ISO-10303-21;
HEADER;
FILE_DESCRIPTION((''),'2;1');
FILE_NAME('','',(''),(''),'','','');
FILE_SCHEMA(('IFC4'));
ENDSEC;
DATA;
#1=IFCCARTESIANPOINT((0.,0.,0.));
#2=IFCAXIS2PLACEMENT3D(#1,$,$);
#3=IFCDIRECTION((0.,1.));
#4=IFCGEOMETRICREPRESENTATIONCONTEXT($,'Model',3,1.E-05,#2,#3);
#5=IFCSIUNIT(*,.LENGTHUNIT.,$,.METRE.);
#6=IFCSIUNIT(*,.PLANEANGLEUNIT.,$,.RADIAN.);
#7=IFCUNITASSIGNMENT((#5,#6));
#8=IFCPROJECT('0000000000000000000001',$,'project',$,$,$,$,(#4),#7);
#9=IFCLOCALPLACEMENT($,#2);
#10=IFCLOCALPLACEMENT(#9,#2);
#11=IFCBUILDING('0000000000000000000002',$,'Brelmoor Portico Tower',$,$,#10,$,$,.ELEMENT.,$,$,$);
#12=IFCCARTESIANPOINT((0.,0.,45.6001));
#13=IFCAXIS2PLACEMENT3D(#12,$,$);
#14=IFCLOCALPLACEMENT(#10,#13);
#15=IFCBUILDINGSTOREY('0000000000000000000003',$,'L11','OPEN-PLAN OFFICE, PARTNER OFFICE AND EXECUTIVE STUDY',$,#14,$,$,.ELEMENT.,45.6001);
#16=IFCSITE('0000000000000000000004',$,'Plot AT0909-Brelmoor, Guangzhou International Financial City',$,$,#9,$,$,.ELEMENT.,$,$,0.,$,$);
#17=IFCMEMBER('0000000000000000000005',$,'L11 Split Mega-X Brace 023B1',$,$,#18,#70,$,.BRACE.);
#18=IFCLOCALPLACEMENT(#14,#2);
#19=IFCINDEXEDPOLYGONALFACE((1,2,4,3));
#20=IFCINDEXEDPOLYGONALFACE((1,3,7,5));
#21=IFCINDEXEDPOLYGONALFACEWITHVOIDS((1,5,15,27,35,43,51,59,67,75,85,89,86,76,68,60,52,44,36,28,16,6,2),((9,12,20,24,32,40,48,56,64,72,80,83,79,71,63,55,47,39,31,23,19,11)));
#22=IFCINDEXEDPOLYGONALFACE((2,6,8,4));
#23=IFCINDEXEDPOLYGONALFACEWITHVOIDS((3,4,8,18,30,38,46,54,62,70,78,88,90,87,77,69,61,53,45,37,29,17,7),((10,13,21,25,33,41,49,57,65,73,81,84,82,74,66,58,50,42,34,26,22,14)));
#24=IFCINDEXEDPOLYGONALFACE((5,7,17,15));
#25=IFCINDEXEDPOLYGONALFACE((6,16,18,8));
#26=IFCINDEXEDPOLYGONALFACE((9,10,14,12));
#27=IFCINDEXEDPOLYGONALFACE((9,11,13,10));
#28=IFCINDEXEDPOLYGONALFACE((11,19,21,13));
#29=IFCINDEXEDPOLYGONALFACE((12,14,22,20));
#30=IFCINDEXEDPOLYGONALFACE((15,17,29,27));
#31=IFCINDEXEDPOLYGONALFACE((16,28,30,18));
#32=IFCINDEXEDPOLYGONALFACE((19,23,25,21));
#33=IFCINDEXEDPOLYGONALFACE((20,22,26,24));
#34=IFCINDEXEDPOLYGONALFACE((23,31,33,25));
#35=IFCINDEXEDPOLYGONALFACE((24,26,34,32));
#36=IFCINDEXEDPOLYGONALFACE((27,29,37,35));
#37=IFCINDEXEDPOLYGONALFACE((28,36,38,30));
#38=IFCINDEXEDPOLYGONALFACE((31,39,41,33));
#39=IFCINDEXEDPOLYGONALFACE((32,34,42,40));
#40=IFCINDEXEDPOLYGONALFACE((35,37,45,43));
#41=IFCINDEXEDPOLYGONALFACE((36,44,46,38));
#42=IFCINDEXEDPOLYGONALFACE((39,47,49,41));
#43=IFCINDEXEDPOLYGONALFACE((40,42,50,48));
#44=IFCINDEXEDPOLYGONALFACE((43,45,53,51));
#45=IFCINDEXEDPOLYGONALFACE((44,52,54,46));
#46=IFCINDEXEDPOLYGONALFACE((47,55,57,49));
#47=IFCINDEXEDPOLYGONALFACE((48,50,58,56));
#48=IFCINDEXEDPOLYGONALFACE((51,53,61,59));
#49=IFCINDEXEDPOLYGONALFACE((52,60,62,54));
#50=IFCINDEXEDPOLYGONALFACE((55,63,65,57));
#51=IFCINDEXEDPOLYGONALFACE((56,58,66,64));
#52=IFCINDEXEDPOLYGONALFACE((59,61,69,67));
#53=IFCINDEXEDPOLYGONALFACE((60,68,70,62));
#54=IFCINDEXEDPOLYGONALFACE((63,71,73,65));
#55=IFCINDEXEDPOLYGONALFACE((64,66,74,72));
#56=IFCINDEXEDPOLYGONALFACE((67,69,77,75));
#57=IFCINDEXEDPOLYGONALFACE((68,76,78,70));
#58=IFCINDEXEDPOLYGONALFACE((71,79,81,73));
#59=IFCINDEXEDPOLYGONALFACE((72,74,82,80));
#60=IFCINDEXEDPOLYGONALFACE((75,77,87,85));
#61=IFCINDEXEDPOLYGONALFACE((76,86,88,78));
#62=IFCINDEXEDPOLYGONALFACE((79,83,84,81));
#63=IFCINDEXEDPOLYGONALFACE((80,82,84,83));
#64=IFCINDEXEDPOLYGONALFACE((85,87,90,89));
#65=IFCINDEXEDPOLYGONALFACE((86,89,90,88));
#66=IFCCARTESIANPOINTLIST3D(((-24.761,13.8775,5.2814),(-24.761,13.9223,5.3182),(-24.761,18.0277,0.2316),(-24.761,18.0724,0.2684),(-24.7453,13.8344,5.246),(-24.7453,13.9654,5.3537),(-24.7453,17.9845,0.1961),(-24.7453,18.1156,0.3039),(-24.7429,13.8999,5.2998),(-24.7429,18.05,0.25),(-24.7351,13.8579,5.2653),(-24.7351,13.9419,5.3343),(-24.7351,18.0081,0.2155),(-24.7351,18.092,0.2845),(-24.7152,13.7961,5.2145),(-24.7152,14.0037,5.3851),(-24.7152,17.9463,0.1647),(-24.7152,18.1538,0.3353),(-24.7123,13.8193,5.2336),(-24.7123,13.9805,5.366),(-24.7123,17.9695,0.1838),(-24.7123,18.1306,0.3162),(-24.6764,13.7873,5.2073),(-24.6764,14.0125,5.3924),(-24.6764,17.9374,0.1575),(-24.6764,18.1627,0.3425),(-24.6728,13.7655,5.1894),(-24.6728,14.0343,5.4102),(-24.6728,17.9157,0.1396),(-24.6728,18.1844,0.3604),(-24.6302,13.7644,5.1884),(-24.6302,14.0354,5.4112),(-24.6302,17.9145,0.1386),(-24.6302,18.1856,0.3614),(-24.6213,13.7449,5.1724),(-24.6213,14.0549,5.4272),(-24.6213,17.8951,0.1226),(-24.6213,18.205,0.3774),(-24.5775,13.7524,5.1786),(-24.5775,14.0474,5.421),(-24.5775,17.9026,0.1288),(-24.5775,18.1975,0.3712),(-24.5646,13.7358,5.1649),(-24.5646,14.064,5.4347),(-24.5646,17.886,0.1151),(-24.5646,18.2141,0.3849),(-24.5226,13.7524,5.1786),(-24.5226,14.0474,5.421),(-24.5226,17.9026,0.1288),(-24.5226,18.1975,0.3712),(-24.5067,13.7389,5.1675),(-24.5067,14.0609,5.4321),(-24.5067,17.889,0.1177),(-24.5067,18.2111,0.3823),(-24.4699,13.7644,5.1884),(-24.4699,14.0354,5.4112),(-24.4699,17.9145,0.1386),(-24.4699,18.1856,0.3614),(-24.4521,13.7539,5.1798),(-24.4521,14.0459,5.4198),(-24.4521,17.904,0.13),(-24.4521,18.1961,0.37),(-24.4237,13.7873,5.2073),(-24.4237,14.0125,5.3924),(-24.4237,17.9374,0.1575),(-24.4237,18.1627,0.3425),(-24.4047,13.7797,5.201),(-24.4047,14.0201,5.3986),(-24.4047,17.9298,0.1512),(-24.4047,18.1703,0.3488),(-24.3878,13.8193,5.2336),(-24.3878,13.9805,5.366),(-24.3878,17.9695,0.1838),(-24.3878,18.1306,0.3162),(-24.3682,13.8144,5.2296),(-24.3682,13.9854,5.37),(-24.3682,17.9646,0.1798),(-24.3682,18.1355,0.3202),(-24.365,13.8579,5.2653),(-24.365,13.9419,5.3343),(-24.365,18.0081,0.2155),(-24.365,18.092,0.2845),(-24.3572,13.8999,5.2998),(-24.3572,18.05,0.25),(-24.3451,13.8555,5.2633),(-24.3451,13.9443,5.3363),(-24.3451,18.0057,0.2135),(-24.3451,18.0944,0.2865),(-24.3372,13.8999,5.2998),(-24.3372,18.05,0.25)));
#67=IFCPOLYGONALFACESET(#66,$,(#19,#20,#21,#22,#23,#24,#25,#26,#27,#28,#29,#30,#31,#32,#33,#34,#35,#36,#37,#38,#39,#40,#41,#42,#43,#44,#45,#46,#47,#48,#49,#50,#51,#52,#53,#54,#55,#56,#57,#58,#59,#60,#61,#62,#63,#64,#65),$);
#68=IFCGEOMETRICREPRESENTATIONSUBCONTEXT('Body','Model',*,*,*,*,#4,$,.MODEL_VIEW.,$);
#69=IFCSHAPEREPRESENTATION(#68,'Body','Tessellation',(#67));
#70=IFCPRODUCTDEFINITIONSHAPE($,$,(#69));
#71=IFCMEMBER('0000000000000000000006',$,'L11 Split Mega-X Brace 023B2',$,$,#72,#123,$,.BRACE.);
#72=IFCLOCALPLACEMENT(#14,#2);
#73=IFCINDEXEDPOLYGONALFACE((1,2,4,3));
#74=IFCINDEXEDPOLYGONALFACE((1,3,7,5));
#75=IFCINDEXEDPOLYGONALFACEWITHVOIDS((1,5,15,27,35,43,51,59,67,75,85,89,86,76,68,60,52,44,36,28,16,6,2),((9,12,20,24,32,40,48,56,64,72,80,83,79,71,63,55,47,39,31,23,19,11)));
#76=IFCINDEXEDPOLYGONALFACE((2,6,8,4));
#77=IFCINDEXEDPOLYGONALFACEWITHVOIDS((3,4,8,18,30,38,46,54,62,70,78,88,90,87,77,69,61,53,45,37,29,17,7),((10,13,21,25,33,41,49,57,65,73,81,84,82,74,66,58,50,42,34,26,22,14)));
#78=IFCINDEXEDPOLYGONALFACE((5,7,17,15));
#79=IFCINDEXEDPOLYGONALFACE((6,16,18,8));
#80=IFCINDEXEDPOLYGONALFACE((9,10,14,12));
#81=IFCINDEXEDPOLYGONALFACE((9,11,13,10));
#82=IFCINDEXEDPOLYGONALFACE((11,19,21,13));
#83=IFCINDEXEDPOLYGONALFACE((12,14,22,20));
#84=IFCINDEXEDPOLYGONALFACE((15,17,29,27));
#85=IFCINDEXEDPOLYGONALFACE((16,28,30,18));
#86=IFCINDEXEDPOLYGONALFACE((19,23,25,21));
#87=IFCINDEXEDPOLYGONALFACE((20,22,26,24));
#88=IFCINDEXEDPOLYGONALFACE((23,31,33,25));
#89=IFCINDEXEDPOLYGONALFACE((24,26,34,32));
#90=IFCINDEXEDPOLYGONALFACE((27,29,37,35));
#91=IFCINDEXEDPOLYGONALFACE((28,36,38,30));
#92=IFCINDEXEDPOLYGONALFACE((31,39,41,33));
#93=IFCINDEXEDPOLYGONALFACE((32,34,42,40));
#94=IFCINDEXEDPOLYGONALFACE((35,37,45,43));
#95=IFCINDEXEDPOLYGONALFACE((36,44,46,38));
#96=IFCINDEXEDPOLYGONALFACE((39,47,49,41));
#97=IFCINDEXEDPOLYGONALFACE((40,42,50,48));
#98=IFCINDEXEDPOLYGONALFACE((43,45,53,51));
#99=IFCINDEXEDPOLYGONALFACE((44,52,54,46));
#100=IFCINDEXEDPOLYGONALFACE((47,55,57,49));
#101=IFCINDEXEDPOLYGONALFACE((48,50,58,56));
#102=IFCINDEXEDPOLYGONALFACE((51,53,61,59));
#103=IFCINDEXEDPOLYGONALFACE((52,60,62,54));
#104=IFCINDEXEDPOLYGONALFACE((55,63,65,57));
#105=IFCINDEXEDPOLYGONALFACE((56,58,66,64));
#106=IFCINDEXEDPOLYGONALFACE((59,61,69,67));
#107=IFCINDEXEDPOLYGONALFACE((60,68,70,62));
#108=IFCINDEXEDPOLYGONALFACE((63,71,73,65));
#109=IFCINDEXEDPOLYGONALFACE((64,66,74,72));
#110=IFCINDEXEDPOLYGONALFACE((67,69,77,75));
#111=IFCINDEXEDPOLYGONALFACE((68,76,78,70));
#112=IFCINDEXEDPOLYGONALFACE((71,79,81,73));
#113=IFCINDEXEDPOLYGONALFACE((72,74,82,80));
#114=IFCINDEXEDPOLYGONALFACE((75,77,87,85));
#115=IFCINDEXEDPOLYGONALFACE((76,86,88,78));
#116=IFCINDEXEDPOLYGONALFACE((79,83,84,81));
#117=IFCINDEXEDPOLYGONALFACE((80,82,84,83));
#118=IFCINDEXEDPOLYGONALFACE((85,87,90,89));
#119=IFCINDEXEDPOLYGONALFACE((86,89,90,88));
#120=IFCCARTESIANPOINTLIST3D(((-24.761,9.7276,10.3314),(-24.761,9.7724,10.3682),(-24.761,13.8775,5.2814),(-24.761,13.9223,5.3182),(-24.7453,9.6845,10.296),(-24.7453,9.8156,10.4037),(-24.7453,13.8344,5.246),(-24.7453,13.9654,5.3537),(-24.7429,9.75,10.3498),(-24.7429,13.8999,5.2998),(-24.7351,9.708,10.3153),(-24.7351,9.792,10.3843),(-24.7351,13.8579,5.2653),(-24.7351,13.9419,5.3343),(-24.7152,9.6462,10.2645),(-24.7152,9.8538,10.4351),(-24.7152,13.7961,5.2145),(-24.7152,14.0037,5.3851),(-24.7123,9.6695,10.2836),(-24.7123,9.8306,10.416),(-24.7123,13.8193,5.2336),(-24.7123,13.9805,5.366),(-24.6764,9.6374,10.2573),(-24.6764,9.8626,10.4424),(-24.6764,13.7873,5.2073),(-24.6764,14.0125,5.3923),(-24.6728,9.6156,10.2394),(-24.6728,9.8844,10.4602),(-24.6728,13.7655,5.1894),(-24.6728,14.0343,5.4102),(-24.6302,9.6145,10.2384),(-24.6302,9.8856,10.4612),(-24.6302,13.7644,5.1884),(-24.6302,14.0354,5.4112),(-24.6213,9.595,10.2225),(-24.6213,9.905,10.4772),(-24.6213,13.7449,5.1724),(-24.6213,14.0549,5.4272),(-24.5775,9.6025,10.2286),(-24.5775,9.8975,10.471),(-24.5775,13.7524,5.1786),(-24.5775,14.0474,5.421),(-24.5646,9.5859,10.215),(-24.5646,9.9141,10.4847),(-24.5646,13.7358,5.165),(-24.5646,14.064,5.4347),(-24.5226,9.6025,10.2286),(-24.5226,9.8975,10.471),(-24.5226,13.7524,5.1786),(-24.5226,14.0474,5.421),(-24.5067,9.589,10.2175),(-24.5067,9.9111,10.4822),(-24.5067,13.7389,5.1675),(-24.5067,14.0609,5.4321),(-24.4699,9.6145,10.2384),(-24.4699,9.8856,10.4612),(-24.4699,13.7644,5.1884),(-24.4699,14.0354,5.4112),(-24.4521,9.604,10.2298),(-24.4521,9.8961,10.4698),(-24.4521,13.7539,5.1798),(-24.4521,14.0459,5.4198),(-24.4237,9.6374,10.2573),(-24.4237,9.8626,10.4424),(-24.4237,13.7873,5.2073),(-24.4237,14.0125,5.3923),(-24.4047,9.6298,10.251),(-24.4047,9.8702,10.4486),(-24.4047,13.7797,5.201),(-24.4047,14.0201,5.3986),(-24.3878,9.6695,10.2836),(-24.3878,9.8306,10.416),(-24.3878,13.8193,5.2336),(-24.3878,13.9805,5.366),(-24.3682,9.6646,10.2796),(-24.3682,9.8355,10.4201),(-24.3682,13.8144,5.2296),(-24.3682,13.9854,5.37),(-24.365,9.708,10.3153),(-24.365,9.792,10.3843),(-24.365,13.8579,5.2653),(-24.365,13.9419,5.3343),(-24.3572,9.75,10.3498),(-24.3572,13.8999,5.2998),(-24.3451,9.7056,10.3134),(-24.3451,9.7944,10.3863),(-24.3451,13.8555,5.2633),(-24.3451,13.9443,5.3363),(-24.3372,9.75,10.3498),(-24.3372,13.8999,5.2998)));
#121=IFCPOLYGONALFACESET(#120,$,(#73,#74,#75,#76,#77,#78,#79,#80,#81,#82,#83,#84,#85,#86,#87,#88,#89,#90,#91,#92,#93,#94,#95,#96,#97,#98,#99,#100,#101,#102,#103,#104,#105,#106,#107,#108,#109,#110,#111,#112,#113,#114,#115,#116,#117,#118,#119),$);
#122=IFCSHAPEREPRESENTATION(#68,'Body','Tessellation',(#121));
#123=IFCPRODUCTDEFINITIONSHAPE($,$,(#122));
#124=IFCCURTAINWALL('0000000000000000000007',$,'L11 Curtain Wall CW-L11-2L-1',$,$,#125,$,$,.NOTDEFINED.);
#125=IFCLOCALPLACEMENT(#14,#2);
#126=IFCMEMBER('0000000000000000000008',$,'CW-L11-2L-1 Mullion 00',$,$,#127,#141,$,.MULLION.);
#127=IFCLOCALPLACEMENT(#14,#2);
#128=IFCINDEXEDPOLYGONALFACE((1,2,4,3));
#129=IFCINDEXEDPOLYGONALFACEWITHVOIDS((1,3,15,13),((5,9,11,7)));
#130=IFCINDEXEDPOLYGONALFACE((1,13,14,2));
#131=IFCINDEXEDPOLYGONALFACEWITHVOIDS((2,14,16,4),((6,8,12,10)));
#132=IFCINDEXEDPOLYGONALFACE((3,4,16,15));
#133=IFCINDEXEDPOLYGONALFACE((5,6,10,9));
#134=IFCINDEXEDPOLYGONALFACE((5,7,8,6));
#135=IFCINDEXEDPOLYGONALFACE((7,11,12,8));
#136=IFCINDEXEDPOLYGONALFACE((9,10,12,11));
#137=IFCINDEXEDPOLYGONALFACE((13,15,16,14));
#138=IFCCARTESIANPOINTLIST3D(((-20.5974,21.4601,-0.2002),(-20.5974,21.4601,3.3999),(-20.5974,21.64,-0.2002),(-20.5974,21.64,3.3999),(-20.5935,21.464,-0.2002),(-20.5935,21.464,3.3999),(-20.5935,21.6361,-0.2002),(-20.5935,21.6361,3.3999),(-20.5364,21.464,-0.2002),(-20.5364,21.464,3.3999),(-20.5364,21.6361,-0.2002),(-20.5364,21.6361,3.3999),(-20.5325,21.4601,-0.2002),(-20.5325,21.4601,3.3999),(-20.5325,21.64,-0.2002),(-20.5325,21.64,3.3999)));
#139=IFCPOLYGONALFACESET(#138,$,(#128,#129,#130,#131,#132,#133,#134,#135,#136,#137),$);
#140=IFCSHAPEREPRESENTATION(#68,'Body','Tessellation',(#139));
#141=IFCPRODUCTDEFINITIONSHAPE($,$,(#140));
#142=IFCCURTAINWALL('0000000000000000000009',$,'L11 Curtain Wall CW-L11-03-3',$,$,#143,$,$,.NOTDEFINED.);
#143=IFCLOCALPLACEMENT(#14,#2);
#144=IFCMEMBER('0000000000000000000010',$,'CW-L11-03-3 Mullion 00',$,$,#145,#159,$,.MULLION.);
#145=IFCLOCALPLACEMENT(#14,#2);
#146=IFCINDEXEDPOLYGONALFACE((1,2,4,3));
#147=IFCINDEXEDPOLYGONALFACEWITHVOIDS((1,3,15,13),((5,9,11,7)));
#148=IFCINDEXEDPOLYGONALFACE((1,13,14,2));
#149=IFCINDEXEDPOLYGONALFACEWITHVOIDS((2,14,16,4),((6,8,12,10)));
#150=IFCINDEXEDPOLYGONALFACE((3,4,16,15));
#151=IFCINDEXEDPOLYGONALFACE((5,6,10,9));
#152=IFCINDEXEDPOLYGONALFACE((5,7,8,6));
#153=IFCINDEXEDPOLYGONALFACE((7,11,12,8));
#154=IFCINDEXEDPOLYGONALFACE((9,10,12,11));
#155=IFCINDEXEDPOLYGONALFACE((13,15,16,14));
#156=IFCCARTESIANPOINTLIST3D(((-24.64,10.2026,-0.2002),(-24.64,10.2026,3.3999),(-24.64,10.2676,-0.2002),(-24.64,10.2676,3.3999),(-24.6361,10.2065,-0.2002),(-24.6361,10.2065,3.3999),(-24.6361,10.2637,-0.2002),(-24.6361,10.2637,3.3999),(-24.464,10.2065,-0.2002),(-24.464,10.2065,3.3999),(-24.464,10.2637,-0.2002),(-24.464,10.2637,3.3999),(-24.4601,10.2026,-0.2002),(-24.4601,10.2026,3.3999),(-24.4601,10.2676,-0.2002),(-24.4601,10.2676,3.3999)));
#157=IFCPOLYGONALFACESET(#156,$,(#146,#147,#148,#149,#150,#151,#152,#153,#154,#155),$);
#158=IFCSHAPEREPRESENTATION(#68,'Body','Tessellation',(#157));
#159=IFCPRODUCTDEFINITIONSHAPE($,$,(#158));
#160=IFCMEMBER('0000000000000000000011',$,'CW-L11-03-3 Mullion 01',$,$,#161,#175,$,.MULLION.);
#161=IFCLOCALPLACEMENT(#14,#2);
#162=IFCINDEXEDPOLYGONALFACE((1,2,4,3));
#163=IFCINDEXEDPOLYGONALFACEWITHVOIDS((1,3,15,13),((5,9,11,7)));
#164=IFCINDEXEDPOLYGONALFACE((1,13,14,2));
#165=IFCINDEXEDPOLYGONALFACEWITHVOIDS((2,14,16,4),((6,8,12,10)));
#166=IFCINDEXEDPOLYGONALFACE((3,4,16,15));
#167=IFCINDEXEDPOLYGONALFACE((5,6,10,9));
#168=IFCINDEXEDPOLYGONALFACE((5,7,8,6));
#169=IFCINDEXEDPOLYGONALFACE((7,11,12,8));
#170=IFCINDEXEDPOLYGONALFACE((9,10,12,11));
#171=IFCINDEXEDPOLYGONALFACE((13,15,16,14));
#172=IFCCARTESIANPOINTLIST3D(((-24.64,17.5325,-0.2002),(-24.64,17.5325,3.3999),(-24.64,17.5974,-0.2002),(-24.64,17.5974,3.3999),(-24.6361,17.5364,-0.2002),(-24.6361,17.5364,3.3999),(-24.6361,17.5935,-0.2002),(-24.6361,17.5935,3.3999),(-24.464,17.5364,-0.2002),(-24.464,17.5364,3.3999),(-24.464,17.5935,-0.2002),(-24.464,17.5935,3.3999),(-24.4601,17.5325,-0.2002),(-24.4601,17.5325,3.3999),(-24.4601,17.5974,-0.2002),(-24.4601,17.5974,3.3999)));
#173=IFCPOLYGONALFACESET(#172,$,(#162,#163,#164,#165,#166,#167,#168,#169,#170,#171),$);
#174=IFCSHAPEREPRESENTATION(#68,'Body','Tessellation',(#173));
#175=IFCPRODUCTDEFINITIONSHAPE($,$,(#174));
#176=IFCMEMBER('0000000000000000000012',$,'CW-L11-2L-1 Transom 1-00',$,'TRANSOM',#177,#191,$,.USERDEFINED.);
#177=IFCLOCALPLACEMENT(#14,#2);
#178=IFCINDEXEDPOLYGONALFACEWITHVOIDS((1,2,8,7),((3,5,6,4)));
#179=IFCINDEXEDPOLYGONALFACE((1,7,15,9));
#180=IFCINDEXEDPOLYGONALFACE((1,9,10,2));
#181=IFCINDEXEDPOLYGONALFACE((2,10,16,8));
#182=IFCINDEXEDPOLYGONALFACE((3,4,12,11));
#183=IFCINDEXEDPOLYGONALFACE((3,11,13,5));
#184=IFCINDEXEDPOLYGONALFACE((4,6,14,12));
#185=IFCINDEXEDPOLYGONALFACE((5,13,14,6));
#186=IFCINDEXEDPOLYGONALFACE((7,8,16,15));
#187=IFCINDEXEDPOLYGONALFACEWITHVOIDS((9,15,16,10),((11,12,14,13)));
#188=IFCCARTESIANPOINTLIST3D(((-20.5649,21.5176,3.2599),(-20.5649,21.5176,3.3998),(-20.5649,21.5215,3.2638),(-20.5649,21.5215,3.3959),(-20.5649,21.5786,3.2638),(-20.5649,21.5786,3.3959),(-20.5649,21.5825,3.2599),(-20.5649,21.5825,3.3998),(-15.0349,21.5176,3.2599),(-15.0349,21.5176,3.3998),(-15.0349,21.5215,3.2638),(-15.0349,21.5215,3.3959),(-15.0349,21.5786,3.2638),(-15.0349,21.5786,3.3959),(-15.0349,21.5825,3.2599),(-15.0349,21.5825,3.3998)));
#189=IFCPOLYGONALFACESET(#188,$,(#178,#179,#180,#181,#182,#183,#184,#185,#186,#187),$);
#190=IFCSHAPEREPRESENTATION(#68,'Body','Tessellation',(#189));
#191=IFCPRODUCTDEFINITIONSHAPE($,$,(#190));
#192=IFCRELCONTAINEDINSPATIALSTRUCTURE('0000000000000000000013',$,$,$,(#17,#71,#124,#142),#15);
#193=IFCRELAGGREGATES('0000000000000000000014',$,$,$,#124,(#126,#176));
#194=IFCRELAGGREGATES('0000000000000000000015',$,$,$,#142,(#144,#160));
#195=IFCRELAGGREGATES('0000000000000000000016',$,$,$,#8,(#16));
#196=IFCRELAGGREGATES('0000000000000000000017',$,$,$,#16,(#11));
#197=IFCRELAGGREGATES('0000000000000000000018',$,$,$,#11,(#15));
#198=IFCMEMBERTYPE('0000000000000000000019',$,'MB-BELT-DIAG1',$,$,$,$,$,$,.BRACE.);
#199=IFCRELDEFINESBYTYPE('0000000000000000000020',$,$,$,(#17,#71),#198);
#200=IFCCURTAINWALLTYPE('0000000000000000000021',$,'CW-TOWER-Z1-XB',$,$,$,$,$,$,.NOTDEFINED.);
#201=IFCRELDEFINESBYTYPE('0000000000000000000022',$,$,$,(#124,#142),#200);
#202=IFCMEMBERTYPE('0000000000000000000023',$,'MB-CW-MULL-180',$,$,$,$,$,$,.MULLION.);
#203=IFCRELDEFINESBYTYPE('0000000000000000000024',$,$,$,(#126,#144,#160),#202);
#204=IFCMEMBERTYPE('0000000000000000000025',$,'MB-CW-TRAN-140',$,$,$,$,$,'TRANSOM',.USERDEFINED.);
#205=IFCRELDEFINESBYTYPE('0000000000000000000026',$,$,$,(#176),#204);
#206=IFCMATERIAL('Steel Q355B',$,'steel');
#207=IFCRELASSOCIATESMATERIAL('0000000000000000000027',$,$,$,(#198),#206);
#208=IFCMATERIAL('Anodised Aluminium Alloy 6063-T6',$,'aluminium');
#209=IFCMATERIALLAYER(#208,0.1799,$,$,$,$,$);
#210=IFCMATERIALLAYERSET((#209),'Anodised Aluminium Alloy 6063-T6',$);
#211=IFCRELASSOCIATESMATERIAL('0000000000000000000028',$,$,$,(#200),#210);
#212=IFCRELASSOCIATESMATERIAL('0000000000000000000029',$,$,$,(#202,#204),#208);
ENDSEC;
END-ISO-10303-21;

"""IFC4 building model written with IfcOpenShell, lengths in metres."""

from ifc_helpers import new_model, si_unit, direction, frame, origin, origin_2d, place, context, subcontext, project, spatial, hollow_rectangle, hollow_circle, extrude, material, layer, layer_set, material_profile, profile_set, type_object, element, aggregate, save


model = new_model("IFC4")

# Units and contexts
model_context = context("Model", 3, precision=1e-05, world=origin(), true_north=direction((0.0, 1.0)))
body_context = subcontext(model_context, "Body", "Model", "MODEL_VIEW")
ifc_project = project(units=[si_unit("LENGTHUNIT", "METRE"), si_unit("PLANEANGLEUNIT", "RADIAN")], contexts=[model_context])

# Site, building, storey
site_placement = place(None, origin())
site = spatial("IfcSite", under=ifc_project, at=site_placement, Name="Plot AT0909-Brelmoor, Guangzhou International Financial City", CompositionType="ELEMENT", RefElevation=0.0)
building_placement = place(site_placement, origin())
building = spatial("IfcBuilding", under=site, at=building_placement, Name="Brelmoor Portico Tower", CompositionType="ELEMENT")
storey_placement = place(building_placement, frame((0.0, 0.0, 45.6001)))
storey = spatial("IfcBuildingStorey", under=building, at=storey_placement, Name="L11", Description="OPEN-PLAN OFFICE, PARTNER OFFICE AND EXECUTIVE STUDY", CompositionType="ELEMENT", Elevation=45.6001)

# Shared definitions
ifc_material_1 = material(Name="Steel Q355B", Category="steel")

# Members
ifc_material_profile_1 = material_profile(ifc_material_1, hollow_circle(Radius=0.2129, WallThickness=0.02, at=origin_2d()), Name="CHS 426x20")
ifc_profile_set_1 = profile_set([ifc_material_profile_1], Name="Steel Q355B")
member_type_1 = type_object("IfcMemberType", Name="MB-BELT-DIAG1", PredefinedType="BRACE", material=ifc_profile_set_1)
for number, where, z_axis, x_axis, name in (
    (1, (-24.55, 18.05, 0.25), (0.0, -0.634931, 0.772569), (1.0, 0.0, 0.0), "L11 Split Mega-X Brace 023B1"),
    (2, (-24.55, 13.8999, 5.2998), (0.0, -0.63489, 0.772603), (1.0, 0.0, 0.0), "L11 Split Mega-X Brace 023B2"),
):
    element("IfcMember", number, at=place(storey_placement, frame(where, z_axis=z_axis, x_axis=x_axis)), inside=storey, type_object=member_type_1, Name=name, PredefinedType="BRACE", context=body_context, shape_type="SweptSolid", body=[
        extrude(hollow_circle(Radius=0.2129, WallThickness=0.02, at=origin_2d()), origin(), (0.0, 0.0, 1.0), 6.5364),
    ])

# Curtain wall, member
ifc_material_2 = material(Name="Anodised Aluminium Alloy 6063-T6", Category="aluminium")
ifc_layer_1 = layer(ifc_material_2, 0.1799)
ifc_layer_set_1 = layer_set([ifc_layer_1], Name="Anodised Aluminium Alloy 6063-T6")
curtain_wall_type = type_object("IfcCurtainWallType", Name="CW-TOWER-Z1-XB", PredefinedType="NOTDEFINED", material=ifc_layer_set_1)
curtain_wall_1_placement = place(storey_placement, origin())
curtain_wall_1 = element("IfcCurtainWall", 3, at=curtain_wall_1_placement, inside=storey, type_object=curtain_wall_type, Name="L11 Curtain Wall CW-L11-2L-1", PredefinedType="NOTDEFINED")
ifc_material_profile_2 = material_profile(ifc_material_2, hollow_rectangle(XDim=0.0649, YDim=0.1799, WallThickness=0.0039, at=origin_2d()), Name="ALU MULLION 65x180")
ifc_profile_set_2 = profile_set([ifc_material_profile_2], Name="Anodised Aluminium Alloy 6063-T6")
member_type_2 = type_object("IfcMemberType", Name="MB-CW-MULL-180", PredefinedType="MULLION", material=ifc_profile_set_2)
member_1_placement = place(storey_placement, frame((-20.5649, 21.55, -0.2002), z_axis=(0.0, 0.0, 1.0), x_axis=(1.0, 0.0, 0.0)))
member_1 = element("IfcMember", 4, at=member_1_placement, type_object=member_type_2, Name="CW-L11-2L-1 Mullion 00", PredefinedType="MULLION", context=body_context, shape_type="SweptSolid", body=[
    extrude(hollow_rectangle(XDim=0.0649, YDim=0.1799, WallThickness=0.0039, at=origin_2d()), origin(), (0.0, 0.0, 1.0), 3.6001),
])

# Curtain wall, members
curtain_wall_2_placement = place(storey_placement, origin())
curtain_wall_2 = element("IfcCurtainWall", 5, at=curtain_wall_2_placement, inside=storey, type_object=curtain_wall_type, Name="L11 Curtain Wall CW-L11-03-3", PredefinedType="NOTDEFINED")
member_2_placement = place(storey_placement, frame((-24.55, 10.2351, -0.2002), z_axis=(0.0, 0.0, 1.0), x_axis=(0.0, 1.0, 0.0)))
member_2 = element("IfcMember", 6, at=member_2_placement, type_object=member_type_2, Name="CW-L11-03-3 Mullion 00", PredefinedType="MULLION", context=body_context, shape_type="SweptSolid", body=[
    extrude(hollow_rectangle(XDim=0.0649, YDim=0.1799, WallThickness=0.0039, at=origin_2d()), origin(), (0.0, 0.0, 1.0), 3.6001),
])
member_3_placement = place(storey_placement, frame((-24.55, 17.5649, -0.2002), z_axis=(0.0, 0.0, 1.0), x_axis=(0.0, 1.0, 0.0)))
member_3 = element("IfcMember", 7, at=member_3_placement, type_object=member_type_2, Name="CW-L11-03-3 Mullion 01", PredefinedType="MULLION", context=body_context, shape_type="SweptSolid", body=[
    extrude(hollow_rectangle(XDim=0.0649, YDim=0.1799, WallThickness=0.0039, at=origin_2d()), origin(), (0.0, 0.0, 1.0), 3.6001),
])

# Member
ifc_material_profile_3 = material_profile(ifc_material_2, hollow_rectangle(XDim=0.0649, YDim=0.1399, WallThickness=0.0039, at=origin_2d()), Name="ALU TRANSOM 65x140")
ifc_profile_set_3 = profile_set([ifc_material_profile_3], Name="Anodised Aluminium Alloy 6063-T6")
member_type_3 = type_object("IfcMemberType", Name="MB-CW-TRAN-140", ElementType="TRANSOM", PredefinedType="USERDEFINED", material=ifc_profile_set_3)
member_4_placement = place(storey_placement, frame((-20.5649, 21.55, 3.3298), z_axis=(1.0, 0.0, 0.0), x_axis=(0.0, 1.0, 0.0)))
member_4 = element("IfcMember", 8, at=member_4_placement, type_object=member_type_3, Name="CW-L11-2L-1 Transom 1-00", ObjectType="TRANSOM", PredefinedType="USERDEFINED", context=body_context, shape_type="SweptSolid", body=[
    extrude(hollow_rectangle(XDim=0.0649, YDim=0.1399, WallThickness=0.0039, at=origin_2d()), origin(), (0.0, 0.0, 1.0), 5.53),
])
aggregate(curtain_wall_1, [member_1, member_4])

aggregate(curtain_wall_2, [member_2, member_3])

save(model, "model.ifc")
